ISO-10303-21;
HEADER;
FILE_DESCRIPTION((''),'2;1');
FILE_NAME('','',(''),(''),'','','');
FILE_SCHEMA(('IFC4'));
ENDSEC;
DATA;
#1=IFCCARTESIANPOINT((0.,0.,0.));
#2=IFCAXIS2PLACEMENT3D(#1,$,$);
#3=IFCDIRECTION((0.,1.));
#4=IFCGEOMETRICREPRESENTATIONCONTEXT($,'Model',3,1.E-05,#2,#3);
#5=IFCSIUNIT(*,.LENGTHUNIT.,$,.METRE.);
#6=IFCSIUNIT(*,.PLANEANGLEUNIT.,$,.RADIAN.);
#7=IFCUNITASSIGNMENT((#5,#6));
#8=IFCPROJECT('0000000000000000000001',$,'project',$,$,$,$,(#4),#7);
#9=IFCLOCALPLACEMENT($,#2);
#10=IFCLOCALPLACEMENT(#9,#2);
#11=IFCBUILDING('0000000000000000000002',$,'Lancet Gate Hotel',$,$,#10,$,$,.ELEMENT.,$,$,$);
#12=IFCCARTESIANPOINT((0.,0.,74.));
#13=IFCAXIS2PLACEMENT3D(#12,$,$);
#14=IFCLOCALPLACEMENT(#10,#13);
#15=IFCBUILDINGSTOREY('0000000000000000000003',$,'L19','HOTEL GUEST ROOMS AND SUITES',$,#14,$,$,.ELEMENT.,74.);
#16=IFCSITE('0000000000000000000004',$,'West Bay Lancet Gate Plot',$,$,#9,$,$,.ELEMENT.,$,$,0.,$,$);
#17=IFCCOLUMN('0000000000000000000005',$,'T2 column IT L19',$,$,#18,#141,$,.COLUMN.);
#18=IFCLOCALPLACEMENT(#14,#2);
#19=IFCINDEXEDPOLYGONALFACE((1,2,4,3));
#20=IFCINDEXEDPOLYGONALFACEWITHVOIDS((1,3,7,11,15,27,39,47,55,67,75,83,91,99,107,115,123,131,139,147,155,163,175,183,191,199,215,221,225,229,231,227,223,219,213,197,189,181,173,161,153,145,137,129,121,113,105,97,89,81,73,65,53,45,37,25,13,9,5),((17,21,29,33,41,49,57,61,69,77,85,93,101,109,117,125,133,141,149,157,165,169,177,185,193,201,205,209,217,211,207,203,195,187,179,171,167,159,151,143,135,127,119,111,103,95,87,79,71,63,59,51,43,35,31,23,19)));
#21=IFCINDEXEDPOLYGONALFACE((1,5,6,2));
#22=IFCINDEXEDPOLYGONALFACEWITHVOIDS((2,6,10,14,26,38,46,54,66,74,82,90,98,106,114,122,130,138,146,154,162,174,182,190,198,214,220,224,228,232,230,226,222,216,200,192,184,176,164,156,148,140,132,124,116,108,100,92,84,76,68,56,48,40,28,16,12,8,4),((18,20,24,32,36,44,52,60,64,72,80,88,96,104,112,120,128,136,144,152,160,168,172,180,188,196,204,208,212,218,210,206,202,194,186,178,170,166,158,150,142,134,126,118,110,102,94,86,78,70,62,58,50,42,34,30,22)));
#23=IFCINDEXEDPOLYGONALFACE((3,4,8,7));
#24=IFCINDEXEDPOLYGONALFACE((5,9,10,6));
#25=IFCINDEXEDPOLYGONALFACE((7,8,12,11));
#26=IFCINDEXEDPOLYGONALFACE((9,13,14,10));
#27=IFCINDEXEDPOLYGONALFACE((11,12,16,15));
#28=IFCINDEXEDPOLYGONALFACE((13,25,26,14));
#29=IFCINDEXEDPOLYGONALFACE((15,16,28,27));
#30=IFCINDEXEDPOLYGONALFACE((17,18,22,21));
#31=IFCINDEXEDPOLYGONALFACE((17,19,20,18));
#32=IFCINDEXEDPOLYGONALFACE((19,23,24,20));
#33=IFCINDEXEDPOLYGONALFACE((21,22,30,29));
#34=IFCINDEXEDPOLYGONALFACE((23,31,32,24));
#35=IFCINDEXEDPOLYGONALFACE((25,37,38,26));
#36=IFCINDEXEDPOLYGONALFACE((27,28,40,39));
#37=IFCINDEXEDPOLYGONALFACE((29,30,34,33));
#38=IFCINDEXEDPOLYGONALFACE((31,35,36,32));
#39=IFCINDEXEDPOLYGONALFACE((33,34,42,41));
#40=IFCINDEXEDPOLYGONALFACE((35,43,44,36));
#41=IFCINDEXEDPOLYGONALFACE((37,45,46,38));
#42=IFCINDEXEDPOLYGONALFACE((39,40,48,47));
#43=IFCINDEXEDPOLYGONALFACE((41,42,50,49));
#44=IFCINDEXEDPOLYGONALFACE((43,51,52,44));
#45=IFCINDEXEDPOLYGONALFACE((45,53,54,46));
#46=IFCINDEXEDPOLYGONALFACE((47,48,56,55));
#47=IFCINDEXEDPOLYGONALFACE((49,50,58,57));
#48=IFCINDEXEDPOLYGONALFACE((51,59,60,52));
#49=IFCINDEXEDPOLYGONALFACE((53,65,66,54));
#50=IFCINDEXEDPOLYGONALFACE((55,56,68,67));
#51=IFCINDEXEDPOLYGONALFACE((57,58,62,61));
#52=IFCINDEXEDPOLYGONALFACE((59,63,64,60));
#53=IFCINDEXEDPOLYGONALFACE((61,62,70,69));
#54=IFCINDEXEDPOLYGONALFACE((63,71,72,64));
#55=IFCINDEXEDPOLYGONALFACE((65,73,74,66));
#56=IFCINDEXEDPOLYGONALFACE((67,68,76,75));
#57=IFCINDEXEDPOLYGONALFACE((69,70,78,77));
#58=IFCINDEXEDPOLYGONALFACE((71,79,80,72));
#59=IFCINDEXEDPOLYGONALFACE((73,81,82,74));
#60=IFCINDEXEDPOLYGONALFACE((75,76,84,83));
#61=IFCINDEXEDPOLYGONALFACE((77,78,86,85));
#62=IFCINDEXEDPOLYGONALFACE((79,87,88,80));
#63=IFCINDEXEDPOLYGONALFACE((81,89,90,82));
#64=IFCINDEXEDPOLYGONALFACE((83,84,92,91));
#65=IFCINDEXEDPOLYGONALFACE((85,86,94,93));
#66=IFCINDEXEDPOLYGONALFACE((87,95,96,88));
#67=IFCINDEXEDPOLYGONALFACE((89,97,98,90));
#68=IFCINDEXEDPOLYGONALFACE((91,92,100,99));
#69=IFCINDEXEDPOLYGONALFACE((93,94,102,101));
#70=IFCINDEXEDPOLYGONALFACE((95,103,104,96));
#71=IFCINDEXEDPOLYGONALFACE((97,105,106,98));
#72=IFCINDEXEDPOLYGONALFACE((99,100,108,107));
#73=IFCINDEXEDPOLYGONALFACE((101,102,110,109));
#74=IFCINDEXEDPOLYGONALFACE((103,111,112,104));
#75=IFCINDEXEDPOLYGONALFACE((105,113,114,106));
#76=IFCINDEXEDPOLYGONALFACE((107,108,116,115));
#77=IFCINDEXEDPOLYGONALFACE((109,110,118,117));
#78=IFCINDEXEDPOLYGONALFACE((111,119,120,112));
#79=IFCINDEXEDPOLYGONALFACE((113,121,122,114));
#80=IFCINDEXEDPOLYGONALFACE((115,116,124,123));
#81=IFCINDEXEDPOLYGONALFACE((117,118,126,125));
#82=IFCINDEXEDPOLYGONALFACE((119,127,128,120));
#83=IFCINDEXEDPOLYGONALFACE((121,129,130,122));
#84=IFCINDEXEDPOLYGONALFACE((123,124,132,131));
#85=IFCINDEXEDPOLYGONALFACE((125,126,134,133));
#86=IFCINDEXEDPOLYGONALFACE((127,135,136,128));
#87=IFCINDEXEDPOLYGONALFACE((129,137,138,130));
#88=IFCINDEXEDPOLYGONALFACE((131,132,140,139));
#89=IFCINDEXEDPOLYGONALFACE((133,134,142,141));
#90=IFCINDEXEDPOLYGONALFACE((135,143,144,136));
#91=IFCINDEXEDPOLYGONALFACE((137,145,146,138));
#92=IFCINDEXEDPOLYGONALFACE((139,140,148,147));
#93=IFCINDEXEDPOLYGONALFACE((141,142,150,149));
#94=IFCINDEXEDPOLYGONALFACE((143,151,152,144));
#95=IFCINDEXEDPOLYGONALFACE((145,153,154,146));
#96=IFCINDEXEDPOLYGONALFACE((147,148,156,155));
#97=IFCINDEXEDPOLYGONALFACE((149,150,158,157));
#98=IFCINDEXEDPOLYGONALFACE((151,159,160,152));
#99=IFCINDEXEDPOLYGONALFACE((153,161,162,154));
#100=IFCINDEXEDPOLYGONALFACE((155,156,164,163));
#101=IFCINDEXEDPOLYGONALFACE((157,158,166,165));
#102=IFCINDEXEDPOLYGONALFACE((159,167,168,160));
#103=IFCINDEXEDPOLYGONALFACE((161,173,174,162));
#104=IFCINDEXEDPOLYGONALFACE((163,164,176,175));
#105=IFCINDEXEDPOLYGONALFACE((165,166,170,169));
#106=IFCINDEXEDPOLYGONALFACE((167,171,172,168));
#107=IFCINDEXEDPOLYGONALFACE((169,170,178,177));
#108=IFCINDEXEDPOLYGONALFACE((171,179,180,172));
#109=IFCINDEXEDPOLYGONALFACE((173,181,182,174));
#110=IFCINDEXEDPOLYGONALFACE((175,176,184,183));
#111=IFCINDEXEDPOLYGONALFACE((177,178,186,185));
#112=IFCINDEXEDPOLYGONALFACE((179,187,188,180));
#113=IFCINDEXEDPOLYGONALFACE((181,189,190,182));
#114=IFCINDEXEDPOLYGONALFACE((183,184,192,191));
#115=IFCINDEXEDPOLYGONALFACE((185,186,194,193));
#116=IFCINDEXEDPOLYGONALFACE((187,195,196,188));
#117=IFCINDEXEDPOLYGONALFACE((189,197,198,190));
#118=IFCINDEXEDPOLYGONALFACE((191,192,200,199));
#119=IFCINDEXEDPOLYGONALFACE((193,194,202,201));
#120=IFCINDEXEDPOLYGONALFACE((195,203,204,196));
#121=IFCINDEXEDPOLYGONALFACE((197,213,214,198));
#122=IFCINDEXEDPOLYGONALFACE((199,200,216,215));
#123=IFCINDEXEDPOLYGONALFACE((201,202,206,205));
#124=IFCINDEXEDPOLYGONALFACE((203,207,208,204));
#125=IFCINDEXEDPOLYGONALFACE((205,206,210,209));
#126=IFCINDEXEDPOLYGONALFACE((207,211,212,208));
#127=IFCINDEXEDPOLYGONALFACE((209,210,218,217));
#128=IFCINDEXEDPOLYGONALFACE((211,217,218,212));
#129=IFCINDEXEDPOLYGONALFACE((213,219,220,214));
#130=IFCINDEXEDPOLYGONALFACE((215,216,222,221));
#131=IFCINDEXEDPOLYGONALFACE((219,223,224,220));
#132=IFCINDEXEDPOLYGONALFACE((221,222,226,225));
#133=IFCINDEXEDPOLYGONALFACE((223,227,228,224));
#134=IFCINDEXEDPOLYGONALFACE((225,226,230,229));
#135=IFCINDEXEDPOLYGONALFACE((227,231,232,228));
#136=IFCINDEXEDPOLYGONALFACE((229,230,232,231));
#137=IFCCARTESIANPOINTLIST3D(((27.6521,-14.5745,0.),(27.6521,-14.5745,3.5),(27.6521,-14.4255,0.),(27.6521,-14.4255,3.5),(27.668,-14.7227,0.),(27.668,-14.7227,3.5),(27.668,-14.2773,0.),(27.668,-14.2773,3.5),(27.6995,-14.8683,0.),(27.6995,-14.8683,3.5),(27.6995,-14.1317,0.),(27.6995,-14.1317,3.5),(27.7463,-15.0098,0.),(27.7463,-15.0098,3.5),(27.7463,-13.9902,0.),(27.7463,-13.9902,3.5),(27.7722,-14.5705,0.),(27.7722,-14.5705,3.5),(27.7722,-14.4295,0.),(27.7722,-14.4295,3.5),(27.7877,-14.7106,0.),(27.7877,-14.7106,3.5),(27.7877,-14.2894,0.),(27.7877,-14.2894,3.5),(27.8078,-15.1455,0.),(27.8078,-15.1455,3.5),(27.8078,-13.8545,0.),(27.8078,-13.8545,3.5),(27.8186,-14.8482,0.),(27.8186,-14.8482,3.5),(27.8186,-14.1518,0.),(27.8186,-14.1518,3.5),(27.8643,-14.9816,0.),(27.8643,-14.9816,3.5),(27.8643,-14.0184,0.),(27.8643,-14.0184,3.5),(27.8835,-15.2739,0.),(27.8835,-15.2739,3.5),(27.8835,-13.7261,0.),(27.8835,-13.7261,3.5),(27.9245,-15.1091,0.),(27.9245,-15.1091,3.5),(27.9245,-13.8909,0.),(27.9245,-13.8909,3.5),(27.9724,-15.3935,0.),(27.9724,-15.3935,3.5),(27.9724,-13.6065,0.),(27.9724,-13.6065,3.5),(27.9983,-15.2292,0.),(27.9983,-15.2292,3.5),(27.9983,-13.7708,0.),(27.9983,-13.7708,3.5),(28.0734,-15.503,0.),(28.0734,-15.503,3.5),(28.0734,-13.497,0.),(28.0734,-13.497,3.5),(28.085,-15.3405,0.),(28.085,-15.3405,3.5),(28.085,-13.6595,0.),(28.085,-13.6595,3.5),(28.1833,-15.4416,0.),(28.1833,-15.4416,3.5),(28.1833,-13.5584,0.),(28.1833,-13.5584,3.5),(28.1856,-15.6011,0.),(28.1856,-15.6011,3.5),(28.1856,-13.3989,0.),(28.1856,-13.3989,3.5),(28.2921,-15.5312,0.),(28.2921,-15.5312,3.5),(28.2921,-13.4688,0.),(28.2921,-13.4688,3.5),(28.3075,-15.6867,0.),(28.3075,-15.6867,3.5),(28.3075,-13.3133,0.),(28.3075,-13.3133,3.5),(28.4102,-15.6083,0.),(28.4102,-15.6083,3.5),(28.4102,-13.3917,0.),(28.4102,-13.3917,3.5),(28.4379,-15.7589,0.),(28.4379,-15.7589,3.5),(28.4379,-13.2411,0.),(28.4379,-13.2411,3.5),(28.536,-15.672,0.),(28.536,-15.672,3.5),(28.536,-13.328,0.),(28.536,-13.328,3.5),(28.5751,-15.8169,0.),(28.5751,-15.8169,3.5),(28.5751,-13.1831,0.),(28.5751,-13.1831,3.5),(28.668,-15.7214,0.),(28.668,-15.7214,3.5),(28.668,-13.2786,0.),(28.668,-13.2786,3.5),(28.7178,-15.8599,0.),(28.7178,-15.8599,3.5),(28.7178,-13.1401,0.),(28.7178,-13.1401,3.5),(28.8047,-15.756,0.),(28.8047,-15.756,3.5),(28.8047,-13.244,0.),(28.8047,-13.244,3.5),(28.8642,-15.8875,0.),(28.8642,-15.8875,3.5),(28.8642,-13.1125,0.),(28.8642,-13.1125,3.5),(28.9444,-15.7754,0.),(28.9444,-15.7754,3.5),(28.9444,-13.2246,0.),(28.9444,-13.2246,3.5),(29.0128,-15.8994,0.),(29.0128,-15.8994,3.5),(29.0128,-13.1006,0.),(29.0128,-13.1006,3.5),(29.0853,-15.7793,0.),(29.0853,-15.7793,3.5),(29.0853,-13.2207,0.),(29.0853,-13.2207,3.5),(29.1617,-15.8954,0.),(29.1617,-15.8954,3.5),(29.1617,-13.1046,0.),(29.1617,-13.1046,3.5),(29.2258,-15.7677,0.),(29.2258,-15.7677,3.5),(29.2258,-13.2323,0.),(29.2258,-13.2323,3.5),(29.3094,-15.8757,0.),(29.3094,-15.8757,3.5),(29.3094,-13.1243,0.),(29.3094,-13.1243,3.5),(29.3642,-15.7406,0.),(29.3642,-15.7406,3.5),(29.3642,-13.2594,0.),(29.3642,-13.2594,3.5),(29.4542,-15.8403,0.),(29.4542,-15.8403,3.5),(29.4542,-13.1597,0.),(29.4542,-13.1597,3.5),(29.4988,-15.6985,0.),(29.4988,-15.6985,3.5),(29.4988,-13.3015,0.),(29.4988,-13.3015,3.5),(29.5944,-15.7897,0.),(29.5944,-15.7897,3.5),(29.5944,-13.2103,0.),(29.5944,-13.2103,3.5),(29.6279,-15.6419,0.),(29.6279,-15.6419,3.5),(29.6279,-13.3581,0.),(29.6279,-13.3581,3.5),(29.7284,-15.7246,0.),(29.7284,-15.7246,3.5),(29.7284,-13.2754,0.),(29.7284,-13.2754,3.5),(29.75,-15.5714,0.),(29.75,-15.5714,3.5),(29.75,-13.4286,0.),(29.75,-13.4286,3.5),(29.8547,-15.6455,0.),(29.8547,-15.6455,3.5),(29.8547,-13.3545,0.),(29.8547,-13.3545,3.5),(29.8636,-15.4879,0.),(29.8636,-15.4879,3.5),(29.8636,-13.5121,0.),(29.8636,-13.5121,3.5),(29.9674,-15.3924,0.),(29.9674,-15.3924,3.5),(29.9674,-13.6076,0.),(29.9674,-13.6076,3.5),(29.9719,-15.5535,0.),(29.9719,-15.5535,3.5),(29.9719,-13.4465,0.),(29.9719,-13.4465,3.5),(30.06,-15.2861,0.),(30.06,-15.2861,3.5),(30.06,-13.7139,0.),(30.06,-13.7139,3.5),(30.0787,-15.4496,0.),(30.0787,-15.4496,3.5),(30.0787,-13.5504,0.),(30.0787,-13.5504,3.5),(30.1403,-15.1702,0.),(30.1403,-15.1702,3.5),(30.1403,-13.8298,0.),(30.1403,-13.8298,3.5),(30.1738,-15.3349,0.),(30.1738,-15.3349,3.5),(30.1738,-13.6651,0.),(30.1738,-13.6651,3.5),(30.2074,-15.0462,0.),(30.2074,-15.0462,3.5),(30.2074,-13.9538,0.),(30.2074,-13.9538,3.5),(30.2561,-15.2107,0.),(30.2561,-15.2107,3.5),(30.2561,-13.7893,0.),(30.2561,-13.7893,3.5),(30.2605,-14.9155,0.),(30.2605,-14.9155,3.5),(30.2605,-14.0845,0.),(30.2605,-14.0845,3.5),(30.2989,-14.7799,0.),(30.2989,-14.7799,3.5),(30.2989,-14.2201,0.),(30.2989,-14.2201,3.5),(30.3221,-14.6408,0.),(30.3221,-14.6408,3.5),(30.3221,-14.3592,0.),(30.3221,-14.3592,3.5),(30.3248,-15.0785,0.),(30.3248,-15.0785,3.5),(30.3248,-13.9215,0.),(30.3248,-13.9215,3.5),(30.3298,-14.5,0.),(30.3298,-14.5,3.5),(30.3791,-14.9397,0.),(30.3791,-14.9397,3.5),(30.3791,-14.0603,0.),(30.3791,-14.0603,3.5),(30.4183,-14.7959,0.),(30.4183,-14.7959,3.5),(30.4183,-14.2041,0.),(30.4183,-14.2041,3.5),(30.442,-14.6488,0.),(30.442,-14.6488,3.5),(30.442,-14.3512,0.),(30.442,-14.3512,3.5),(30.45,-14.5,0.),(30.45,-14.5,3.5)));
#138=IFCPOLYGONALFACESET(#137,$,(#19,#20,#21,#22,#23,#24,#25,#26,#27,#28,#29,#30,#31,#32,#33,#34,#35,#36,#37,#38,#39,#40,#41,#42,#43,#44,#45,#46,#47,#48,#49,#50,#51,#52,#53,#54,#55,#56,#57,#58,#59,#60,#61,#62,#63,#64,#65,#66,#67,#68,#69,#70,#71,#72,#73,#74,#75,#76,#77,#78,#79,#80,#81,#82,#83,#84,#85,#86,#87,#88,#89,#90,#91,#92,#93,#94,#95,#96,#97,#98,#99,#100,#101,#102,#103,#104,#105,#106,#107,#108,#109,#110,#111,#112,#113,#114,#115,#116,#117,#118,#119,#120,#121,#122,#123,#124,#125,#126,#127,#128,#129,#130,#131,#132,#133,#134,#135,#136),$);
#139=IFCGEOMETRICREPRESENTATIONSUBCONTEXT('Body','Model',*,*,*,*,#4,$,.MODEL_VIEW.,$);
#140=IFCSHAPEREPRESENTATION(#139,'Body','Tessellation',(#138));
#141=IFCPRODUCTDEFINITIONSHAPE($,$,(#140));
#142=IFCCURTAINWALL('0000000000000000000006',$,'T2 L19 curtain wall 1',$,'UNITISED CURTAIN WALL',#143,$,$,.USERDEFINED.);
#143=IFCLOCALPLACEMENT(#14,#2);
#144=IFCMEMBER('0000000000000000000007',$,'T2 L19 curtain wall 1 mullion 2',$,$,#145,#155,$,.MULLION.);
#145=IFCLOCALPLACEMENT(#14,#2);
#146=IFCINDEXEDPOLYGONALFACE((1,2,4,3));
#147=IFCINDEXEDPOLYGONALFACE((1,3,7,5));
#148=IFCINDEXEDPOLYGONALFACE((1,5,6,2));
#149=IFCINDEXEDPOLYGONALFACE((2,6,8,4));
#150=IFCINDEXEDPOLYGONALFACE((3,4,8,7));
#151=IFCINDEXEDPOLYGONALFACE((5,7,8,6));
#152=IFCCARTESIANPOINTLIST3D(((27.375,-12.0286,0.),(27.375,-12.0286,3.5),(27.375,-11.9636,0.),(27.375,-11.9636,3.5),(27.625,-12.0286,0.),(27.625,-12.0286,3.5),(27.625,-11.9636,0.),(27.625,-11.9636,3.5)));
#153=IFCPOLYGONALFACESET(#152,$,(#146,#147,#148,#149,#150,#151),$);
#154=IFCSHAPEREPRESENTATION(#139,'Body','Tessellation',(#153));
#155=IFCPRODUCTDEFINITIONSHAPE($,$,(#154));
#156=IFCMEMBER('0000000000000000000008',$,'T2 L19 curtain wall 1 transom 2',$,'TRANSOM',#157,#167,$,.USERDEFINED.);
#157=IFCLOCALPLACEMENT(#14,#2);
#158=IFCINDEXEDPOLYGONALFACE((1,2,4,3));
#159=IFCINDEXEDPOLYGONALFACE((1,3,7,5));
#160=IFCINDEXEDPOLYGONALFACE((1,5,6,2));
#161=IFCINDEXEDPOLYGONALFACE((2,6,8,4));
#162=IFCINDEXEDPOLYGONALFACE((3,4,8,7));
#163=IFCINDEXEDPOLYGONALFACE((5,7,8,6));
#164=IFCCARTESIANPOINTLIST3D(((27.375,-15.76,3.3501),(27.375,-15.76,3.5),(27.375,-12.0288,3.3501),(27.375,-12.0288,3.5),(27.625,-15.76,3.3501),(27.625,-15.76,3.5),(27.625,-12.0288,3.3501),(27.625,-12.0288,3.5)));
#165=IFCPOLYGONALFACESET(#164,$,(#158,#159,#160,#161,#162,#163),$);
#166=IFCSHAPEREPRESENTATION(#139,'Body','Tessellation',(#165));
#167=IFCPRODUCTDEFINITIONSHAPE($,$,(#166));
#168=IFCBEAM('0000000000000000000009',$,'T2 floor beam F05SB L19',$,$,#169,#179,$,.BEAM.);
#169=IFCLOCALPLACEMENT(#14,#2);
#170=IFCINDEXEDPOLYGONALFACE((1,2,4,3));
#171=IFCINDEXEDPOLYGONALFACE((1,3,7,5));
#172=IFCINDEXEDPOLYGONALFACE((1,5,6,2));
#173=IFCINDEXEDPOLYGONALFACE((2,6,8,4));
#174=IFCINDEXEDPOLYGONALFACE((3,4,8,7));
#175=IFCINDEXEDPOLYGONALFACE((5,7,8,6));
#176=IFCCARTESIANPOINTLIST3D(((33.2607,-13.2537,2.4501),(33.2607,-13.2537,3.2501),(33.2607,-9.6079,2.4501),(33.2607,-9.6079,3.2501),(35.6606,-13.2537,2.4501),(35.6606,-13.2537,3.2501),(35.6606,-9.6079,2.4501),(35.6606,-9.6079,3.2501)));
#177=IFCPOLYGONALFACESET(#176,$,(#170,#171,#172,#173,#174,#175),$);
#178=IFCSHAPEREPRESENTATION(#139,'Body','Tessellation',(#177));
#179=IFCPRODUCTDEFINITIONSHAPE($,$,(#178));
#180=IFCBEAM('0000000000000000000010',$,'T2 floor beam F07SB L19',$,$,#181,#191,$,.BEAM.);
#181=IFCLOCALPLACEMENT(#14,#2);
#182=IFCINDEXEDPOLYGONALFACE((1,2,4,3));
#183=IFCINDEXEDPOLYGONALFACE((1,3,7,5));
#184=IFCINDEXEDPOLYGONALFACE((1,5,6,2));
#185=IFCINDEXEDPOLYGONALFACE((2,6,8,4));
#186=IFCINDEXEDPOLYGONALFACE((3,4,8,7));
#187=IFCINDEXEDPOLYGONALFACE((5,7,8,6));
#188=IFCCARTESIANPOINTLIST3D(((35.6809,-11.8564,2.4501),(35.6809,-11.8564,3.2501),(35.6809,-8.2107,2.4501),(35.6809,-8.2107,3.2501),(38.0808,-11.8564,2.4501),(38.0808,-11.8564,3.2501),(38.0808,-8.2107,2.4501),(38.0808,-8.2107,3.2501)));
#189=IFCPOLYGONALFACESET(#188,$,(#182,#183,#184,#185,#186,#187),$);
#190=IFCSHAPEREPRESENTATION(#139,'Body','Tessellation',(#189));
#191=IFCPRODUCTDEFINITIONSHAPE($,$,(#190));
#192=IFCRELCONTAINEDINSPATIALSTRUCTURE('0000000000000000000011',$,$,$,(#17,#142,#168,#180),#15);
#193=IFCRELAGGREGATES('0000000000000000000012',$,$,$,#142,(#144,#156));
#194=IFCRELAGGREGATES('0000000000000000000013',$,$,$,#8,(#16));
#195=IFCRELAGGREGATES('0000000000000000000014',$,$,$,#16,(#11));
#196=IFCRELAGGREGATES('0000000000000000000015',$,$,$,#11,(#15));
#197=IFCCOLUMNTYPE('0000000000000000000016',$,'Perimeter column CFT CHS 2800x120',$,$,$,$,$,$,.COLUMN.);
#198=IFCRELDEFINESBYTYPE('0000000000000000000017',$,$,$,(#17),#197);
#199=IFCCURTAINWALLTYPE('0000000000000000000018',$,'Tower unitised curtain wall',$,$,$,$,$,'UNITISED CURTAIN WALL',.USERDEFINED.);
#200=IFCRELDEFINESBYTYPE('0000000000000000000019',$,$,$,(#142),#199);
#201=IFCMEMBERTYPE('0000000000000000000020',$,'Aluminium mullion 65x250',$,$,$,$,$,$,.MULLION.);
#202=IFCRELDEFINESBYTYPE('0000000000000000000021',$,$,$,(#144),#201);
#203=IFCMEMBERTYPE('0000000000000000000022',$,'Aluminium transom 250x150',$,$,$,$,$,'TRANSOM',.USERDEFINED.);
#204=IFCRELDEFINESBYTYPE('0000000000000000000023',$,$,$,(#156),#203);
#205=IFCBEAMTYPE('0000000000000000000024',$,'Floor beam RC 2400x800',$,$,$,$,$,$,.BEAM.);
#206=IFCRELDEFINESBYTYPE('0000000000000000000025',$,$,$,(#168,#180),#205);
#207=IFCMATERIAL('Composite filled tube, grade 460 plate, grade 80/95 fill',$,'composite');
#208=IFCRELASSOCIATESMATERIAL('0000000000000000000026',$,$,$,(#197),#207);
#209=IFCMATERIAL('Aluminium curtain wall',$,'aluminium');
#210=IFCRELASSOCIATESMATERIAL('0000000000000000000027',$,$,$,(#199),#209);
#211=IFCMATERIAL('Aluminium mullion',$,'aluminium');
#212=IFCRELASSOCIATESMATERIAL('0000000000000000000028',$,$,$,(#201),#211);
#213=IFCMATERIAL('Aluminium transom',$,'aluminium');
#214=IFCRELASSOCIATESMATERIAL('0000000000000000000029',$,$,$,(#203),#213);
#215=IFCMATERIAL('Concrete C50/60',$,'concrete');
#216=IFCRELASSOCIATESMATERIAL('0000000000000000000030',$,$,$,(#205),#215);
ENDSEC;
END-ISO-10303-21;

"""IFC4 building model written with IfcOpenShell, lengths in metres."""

from ifc_helpers import new_model, si_unit, direction, frame, origin, origin_2d, place, context, subcontext, project, spatial, rectangle, hollow_circle, extrude, material, material_profile, profile_set, type_object, element, aggregate, save


model = new_model("IFC4")

# Units and contexts
model_context = context("Model", 3, precision=1e-05, world=origin(), true_north=direction((0.0, 1.0)))
body_context = subcontext(model_context, "Body", "Model", "MODEL_VIEW")
ifc_project = project(units=[si_unit("LENGTHUNIT", "METRE"), si_unit("PLANEANGLEUNIT", "RADIAN")], contexts=[model_context])

# Site, building, storey
site_placement = place(None, origin())
site = spatial("IfcSite", under=ifc_project, at=site_placement, Name="West Bay Lancet Gate Plot", CompositionType="ELEMENT", RefElevation=0.0)
building_placement = place(site_placement, origin())
building = spatial("IfcBuilding", under=site, at=building_placement, Name="Lancet Gate Hotel", CompositionType="ELEMENT")
storey_placement = place(building_placement, frame((0.0, 0.0, 74.0)))
storey = spatial("IfcBuildingStorey", under=building, at=storey_placement, Name="L19", Description="HOTEL GUEST ROOMS AND SUITES", CompositionType="ELEMENT", Elevation=74.0)

# Column
ifc_material_1 = material(Name="Composite filled tube, grade 460 plate, grade 80/95 fill", Category="composite")
ifc_material_profile_1 = material_profile(ifc_material_1, hollow_circle(Radius=1.3999, WallThickness=0.1201, at=origin_2d()), Name="CHS 2800x120")
ifc_profile_set_1 = profile_set([ifc_material_profile_1], Name="Composite filled tube, grade 460 plate, grade 80/95 fill")
column_type = type_object("IfcColumnType", Name="Perimeter column CFT CHS 2800x120", PredefinedType="COLUMN", material=ifc_profile_set_1)
for number, where, z_axis, x_axis, name in (
    (1, (29.05, -14.5, 0.0), (0.0, 0.0, 1.0), (1.0, 0.0, 0.0), "T2 column IT L19"),
):
    element("IfcColumn", number, at=place(storey_placement, frame(where, z_axis=z_axis, x_axis=x_axis)), inside=storey, type_object=column_type, Name=name, PredefinedType="COLUMN", context=body_context, shape_type="SweptSolid", body=[
        extrude(hollow_circle(Radius=1.3999, WallThickness=0.1201, at=origin_2d()), origin(), (0.0, 0.0, 1.0), 3.5),
    ])

# Curtain wall, members
ifc_material_2 = material(Name="Aluminium curtain wall", Category="aluminium")
curtain_wall_type = type_object("IfcCurtainWallType", Name="Tower unitised curtain wall", ElementType="UNITISED CURTAIN WALL", PredefinedType="USERDEFINED", material=ifc_material_2)
curtain_wall_placement = place(storey_placement, origin())
curtain_wall = element("IfcCurtainWall", 2, at=curtain_wall_placement, inside=storey, type_object=curtain_wall_type, Name="T2 L19 curtain wall 1", ObjectType="UNITISED CURTAIN WALL", PredefinedType="USERDEFINED")
ifc_material_3 = material(Name="Aluminium mullion", Category="aluminium")
ifc_material_profile_2 = material_profile(ifc_material_3, rectangle(XDim=0.0649, YDim=0.25, at=origin_2d()), Name="MULLION 65x250")
ifc_profile_set_2 = profile_set([ifc_material_profile_2], Name="Aluminium mullion")
member_type_1 = type_object("IfcMemberType", Name="Aluminium mullion 65x250", PredefinedType="MULLION", material=ifc_profile_set_2)
member_1_placement = place(storey_placement, frame((27.5, -11.9961, 0.0), z_axis=(0.0, 0.0, 1.0), x_axis=(0.0, -1.0, 0.0)))
member_1 = element("IfcMember", 3, at=member_1_placement, type_object=member_type_1, Name="T2 L19 curtain wall 1 mullion 2", PredefinedType="MULLION", context=body_context, shape_type="SweptSolid", body=[
    extrude(rectangle(XDim=0.0649, YDim=0.25, at=origin_2d()), origin(), (0.0, 0.0, 1.0), 3.5),
])
ifc_material_4 = material(Name="Aluminium transom", Category="aluminium")
ifc_material_profile_3 = material_profile(ifc_material_4, rectangle(XDim=0.25, YDim=0.1499, at=origin_2d()), Name="TRANSOM 250x150")
ifc_profile_set_3 = profile_set([ifc_material_profile_3], Name="Aluminium transom")
member_type_2 = type_object("IfcMemberType", Name="Aluminium transom 250x150", ElementType="TRANSOM", PredefinedType="USERDEFINED", material=ifc_profile_set_3)
member_2_placement = place(storey_placement, frame((27.5, -12.0288, 3.425), z_axis=(0.0, -1.0, 0.0), x_axis=(1.0, 0.0, 0.0)))
member_2 = element("IfcMember", 4, at=member_2_placement, type_object=member_type_2, Name="T2 L19 curtain wall 1 transom 2", ObjectType="TRANSOM", PredefinedType="USERDEFINED", context=body_context, shape_type="SweptSolid", body=[
    extrude(rectangle(XDim=0.25, YDim=0.1499, at=origin_2d()), origin(), (0.0, 0.0, 1.0), 3.7312),
])

# Beams
ifc_material_5 = material(Name="Concrete C50/60", Category="concrete")
ifc_material_profile_4 = material_profile(ifc_material_5, rectangle(XDim=2.3999, YDim=0.8, at=origin_2d()), Name="RC 2400x800")
ifc_profile_set_4 = profile_set([ifc_material_profile_4], Name="Concrete C50/60")
beam_type_1 = type_object("IfcBeamType", Name="Floor beam RC 2400x800", PredefinedType="BEAM", material=ifc_profile_set_4)
for number, where, z_axis, x_axis, name in (
    (5, (34.4607, -13.2537, 2.8501), (0.0, 1.0, 0.0), (-1.0, 0.0, 0.0), "T2 floor beam F05SB L19"),
    (6, (36.8809, -11.8564, 2.8501), (0.0, 1.0, 0.0), (-1.0, 0.0, 0.0), "T2 floor beam F07SB L19"),
):
    element("IfcBeam", number, at=place(storey_placement, frame(where, z_axis=z_axis, x_axis=x_axis)), inside=storey, type_object=beam_type_1, Name=name, PredefinedType="BEAM", context=body_context, shape_type="SweptSolid", body=[
        extrude(rectangle(XDim=2.3999, YDim=0.8, at=origin_2d()), origin(), (0.0, 0.0, 1.0), 3.6458),
    ])

aggregate(curtain_wall, [member_1, member_2])

save(model, "model.ifc")
